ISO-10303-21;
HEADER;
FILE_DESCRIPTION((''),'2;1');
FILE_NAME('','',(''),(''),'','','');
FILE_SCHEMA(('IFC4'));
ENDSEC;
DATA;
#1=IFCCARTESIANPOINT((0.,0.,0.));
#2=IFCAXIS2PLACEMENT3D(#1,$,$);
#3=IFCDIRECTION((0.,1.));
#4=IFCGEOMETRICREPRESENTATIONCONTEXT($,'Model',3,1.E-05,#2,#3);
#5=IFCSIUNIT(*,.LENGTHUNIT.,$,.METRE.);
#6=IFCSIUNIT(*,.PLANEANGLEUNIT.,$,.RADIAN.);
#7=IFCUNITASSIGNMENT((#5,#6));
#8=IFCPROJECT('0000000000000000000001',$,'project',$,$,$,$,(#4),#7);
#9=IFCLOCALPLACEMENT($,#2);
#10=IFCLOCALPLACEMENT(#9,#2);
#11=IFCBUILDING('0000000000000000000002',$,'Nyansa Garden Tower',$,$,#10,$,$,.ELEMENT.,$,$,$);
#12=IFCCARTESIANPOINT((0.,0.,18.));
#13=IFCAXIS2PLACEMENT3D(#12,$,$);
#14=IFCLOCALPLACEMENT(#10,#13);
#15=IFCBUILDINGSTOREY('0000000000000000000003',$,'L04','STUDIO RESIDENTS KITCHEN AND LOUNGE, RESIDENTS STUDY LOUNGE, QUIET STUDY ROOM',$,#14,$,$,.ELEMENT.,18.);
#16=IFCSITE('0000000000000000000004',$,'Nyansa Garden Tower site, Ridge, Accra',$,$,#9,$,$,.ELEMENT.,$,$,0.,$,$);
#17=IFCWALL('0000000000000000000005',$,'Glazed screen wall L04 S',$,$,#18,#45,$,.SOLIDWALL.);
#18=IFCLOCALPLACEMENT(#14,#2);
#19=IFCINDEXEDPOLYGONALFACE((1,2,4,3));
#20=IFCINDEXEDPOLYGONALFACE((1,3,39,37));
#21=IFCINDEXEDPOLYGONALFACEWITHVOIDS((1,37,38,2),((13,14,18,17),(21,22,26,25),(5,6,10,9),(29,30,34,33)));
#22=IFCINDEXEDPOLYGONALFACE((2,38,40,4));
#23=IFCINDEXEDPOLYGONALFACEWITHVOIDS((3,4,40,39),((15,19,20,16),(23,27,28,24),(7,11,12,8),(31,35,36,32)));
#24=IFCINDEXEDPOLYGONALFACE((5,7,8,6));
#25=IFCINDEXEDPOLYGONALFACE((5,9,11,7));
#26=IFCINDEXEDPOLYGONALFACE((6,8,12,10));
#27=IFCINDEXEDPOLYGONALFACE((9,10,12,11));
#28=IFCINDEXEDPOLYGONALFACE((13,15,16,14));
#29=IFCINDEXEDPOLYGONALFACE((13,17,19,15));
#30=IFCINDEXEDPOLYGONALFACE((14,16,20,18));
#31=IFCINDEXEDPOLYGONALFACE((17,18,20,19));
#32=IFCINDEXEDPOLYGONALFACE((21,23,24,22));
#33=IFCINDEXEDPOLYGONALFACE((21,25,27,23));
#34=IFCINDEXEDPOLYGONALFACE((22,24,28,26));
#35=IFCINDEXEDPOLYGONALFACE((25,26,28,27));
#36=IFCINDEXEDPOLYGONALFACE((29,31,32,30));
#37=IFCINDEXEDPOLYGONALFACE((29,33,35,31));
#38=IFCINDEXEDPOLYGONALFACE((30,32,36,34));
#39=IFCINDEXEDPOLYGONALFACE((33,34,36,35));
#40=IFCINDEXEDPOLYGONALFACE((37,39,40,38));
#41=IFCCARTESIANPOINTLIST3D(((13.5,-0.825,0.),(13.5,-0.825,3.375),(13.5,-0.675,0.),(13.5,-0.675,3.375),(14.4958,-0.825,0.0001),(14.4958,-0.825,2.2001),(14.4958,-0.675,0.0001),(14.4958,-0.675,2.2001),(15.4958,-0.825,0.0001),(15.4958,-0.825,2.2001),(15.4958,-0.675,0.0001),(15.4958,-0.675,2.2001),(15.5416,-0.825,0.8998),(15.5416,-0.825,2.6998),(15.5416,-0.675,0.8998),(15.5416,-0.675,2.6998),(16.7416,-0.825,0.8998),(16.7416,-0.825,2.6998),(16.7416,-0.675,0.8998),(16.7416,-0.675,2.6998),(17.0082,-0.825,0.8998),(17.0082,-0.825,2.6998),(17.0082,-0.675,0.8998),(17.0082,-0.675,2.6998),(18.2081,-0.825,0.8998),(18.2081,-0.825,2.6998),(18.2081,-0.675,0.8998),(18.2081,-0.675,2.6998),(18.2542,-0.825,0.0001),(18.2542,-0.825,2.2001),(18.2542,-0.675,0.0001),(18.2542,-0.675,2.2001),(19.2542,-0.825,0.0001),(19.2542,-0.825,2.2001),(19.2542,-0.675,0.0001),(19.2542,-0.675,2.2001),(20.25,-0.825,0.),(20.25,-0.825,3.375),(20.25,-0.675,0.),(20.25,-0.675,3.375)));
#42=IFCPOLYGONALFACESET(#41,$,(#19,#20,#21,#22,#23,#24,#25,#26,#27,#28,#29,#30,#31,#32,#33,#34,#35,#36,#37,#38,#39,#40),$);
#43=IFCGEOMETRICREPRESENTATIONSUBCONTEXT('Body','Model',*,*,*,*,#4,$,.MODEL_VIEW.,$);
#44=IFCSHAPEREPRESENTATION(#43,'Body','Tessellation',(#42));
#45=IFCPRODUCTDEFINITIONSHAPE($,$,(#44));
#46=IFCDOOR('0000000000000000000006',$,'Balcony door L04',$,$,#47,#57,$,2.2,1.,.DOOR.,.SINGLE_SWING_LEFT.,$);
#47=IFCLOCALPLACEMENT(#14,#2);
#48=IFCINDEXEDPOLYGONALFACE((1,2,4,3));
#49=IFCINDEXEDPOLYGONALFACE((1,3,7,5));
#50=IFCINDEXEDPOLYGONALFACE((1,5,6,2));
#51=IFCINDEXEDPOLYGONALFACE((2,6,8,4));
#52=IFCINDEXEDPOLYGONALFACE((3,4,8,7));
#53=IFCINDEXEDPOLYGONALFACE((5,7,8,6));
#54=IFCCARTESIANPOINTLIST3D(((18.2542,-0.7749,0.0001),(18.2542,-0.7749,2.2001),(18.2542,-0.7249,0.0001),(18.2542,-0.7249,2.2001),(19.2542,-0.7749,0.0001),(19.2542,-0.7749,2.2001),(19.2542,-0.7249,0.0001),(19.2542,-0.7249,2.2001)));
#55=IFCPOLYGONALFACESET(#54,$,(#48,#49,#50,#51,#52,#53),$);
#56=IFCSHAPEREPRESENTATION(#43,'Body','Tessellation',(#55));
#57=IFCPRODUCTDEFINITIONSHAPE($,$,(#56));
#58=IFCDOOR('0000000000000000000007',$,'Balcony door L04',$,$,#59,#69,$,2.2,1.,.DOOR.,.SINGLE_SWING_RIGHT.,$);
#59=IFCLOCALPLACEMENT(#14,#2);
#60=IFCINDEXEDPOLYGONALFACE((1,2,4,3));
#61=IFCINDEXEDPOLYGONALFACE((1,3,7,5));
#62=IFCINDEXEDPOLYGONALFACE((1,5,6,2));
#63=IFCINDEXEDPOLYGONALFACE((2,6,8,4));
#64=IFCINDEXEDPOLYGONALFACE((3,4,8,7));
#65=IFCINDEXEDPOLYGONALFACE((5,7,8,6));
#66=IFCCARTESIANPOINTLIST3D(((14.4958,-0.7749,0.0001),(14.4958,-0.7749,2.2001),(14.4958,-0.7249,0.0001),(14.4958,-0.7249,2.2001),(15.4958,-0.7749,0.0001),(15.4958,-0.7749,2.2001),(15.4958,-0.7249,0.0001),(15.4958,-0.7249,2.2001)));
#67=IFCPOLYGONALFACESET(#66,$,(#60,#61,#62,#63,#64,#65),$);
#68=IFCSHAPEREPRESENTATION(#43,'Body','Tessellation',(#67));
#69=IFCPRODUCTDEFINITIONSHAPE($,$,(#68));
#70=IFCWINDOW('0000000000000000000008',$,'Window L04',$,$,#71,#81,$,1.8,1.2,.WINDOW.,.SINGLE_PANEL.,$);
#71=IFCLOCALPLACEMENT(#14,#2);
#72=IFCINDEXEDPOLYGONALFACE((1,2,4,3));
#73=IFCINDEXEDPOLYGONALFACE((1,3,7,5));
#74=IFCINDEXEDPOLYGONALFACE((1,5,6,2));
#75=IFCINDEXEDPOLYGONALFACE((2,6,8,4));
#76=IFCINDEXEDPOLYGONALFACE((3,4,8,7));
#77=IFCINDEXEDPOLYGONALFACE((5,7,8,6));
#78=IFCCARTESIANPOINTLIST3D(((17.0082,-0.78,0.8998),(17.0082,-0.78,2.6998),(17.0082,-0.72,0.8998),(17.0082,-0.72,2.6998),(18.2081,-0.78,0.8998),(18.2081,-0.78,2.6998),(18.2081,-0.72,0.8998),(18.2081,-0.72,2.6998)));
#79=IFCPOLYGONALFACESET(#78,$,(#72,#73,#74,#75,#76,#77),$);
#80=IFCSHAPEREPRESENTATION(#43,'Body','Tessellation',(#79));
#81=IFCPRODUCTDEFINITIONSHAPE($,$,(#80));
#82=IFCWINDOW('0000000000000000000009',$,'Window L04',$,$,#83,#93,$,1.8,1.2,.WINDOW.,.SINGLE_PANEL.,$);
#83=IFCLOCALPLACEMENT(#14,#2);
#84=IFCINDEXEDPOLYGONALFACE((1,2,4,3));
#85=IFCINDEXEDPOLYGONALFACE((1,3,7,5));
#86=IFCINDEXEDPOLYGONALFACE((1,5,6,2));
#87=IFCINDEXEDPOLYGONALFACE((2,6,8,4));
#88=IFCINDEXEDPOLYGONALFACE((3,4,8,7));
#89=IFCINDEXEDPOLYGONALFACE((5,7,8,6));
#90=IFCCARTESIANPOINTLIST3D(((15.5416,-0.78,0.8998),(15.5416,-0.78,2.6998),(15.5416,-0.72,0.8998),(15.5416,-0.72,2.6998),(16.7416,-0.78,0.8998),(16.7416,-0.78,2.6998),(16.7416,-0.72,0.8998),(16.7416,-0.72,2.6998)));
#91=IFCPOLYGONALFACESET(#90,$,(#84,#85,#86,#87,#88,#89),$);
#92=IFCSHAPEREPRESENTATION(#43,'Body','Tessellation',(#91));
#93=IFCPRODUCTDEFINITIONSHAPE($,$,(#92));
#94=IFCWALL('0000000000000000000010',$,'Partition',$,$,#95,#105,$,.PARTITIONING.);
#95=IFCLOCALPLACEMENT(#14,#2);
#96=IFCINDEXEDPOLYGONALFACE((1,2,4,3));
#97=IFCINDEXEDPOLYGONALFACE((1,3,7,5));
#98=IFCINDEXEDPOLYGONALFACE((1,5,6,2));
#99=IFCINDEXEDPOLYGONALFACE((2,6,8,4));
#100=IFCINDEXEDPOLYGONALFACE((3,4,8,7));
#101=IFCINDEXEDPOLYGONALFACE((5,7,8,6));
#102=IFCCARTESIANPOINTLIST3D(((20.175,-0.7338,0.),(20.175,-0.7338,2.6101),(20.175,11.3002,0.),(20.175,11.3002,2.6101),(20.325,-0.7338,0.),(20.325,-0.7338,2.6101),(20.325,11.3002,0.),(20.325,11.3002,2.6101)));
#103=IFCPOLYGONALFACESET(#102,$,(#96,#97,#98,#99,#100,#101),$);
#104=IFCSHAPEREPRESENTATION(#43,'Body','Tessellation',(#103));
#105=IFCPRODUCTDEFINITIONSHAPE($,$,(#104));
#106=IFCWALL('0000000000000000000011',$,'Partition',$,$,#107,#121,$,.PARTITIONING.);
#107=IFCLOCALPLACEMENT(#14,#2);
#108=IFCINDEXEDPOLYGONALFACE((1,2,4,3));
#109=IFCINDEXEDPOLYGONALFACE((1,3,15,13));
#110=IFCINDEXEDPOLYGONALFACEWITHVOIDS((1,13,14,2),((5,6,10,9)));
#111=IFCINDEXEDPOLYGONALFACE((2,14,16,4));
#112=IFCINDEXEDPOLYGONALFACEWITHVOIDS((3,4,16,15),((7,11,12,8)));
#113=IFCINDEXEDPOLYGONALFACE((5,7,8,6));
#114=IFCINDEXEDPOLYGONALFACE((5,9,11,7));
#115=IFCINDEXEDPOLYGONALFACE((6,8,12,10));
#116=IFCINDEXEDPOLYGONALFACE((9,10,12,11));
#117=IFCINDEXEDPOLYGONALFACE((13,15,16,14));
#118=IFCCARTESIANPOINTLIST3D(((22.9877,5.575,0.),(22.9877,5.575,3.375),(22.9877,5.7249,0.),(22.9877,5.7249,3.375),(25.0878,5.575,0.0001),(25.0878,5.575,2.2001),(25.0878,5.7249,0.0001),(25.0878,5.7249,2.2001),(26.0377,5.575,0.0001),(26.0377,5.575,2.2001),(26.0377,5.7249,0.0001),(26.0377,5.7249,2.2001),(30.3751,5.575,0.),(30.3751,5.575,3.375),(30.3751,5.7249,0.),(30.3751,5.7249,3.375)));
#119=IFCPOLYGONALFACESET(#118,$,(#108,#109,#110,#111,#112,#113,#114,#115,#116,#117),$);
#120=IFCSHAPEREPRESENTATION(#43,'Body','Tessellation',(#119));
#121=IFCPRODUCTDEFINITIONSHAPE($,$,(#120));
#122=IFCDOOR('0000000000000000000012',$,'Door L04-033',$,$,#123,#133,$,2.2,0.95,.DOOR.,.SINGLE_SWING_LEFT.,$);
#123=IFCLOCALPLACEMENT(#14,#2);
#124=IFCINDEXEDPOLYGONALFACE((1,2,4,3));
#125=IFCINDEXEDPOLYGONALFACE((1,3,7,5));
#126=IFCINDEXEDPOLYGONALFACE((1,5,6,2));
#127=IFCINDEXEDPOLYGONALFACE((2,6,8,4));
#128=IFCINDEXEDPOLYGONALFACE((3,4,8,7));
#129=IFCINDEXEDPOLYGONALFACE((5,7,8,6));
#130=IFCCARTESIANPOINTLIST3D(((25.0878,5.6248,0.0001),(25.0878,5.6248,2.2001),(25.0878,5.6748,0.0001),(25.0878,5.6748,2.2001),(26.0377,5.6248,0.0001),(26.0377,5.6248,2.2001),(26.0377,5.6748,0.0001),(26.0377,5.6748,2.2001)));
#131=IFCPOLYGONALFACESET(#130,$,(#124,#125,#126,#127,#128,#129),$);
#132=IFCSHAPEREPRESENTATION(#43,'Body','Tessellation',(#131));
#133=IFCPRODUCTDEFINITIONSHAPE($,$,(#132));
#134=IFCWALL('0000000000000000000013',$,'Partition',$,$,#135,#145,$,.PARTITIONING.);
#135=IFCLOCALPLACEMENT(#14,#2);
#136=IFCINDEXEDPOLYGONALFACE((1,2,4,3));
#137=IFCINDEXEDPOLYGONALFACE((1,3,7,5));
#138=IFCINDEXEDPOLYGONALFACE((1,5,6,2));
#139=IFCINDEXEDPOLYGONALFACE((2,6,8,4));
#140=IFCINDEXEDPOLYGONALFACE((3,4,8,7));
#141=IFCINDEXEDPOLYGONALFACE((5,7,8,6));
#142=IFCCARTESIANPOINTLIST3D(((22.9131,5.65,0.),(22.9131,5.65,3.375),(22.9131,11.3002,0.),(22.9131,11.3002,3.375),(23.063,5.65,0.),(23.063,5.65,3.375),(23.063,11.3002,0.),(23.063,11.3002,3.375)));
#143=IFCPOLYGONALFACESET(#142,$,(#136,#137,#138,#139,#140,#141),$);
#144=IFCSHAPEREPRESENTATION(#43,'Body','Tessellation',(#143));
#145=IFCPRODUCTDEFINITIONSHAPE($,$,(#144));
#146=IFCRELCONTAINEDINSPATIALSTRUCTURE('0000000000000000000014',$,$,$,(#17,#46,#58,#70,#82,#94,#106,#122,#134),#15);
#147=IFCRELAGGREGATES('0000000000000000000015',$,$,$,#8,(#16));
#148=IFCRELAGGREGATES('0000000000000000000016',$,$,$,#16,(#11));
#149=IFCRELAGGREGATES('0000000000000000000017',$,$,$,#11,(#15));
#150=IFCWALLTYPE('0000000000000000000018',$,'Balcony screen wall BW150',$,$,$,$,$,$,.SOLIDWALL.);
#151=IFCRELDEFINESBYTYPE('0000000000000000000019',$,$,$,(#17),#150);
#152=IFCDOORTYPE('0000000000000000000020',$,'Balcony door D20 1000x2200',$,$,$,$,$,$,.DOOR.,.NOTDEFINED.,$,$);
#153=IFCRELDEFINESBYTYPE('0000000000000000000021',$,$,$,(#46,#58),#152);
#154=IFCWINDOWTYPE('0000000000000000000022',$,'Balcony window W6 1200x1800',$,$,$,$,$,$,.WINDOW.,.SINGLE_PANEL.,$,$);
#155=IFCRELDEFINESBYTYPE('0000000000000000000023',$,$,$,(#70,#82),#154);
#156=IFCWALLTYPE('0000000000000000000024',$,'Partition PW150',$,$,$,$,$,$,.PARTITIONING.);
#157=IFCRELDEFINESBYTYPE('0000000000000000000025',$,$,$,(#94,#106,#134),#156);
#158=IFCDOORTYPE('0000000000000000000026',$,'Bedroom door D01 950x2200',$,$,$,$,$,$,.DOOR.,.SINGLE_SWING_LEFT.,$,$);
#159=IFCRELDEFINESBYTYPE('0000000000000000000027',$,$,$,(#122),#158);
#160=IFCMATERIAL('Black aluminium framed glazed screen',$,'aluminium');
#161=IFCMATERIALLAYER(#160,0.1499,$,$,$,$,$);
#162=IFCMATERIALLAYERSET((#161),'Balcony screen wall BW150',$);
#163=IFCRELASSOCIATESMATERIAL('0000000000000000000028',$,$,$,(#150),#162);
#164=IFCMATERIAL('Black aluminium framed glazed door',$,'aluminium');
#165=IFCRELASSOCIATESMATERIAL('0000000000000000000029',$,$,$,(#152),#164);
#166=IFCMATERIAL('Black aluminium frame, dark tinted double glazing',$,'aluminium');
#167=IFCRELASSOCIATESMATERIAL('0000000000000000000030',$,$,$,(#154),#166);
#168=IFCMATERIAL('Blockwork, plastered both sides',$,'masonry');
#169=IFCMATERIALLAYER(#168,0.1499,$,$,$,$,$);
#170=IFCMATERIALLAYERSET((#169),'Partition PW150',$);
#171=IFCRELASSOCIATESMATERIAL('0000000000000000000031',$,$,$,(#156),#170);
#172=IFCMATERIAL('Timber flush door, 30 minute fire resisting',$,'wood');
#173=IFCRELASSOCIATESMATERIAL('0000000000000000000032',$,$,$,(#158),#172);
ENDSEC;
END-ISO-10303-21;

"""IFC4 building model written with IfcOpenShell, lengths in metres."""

from ifc_helpers import new_model, si_unit, direction, frame, frame_2d, origin, place, context, subcontext, project, spatial, rectangle, extrude, material, layer, layer_set, type_object, element, fill, save


model = new_model("IFC4")

# Units and contexts
model_context = context("Model", 3, precision=1e-05, world=origin(), true_north=direction((0.0, 1.0)))
body_context = subcontext(model_context, "Body", "Model", "MODEL_VIEW")
ifc_project = project(units=[si_unit("LENGTHUNIT", "METRE"), si_unit("PLANEANGLEUNIT", "RADIAN")], contexts=[model_context])

# Site, building, storey
site_placement = place(None, origin())
site = spatial("IfcSite", under=ifc_project, at=site_placement, Name="Nyansa Garden Tower site, Ridge, Accra", CompositionType="ELEMENT", RefElevation=0.0)
building_placement = place(site_placement, origin())
building = spatial("IfcBuilding", under=site, at=building_placement, Name="Nyansa Garden Tower", CompositionType="ELEMENT")
storey_placement = place(building_placement, frame((0.0, 0.0, 18.0)))
storey = spatial("IfcBuildingStorey", under=building, at=storey_placement, Name="L04", Description="STUDIO RESIDENTS KITCHEN AND LOUNGE, RESIDENTS STUDY LOUNGE, QUIET STUDY ROOM", CompositionType="ELEMENT", Elevation=18.0)

# Wall, openings, doors, windows
ifc_material_1 = material(Name="Black aluminium framed glazed screen", Category="aluminium")
ifc_layer_1 = layer(ifc_material_1, 0.1499)
ifc_layer_set_1 = layer_set([ifc_layer_1], Name="Balcony screen wall BW150")
wall_type_1 = type_object("IfcWallType", Name="Balcony screen wall BW150", PredefinedType="SOLIDWALL", material=ifc_layer_set_1)
wall_1_placement = place(storey_placement, frame((20.25, -0.75, 0.0), z_axis=(0.0, 0.0, 1.0), x_axis=(-1.0, 0.0, 0.0)))
wall_1 = element("IfcWall", 1, at=wall_1_placement, inside=storey, type_object=wall_type_1, Name="Glazed screen wall L04 S", PredefinedType="SOLIDWALL", context=body_context, shape_type="SweptSolid", body=[
    extrude(rectangle(XDim=6.75, YDim=0.1499, at=frame_2d((3.375, 0.0))), origin(), (0.0, 0.0, 1.0), 3.375),
])
opening_1_placement = place(wall_1_placement, frame((0.9958, 0.0, 0.0)))
opening_1 = element("IfcOpeningElement", 2, at=opening_1_placement, cuts=wall_1, PredefinedType="OPENING", context=body_context, shape_type="SweptSolid", body=[
    extrude(rectangle(XDim=1.0, YDim=2.2, at=frame_2d((0.5, 1.1001))), frame((0.0, 0.085, 0.0), z_axis=(0.0, -1.0, 0.0), x_axis=(1.0, 0.0, 0.0)), (0.0, 0.0, 1.0), 0.1699),
])
opening_2_placement = place(wall_1_placement, frame((2.0417, 0.0, 0.8999)))
opening_2 = element("IfcOpeningElement", 3, at=opening_2_placement, cuts=wall_1, PredefinedType="OPENING", context=body_context, shape_type="SweptSolid", body=[
    extrude(rectangle(XDim=1.2, YDim=1.8, at=frame_2d((0.6001, 0.8999))), frame((0.0, 0.085, 0.0), z_axis=(0.0, -1.0, 0.0), x_axis=(1.0, 0.0, 0.0)), (0.0, 0.0, 1.0), 0.1699),
])
opening_3_placement = place(wall_1_placement, frame((4.7542, 0.0, 0.0)))
opening_3 = element("IfcOpeningElement", 4, at=opening_3_placement, cuts=wall_1, PredefinedType="OPENING", context=body_context, shape_type="SweptSolid", body=[
    extrude(rectangle(XDim=1.0, YDim=2.2, at=frame_2d((0.5, 1.1001))), frame((0.0, 0.085, 0.0), z_axis=(0.0, -1.0, 0.0), x_axis=(1.0, 0.0, 0.0)), (0.0, 0.0, 1.0), 0.1699),
])
opening_4_placement = place(wall_1_placement, frame((3.5083, 0.0, 0.8999)))
opening_4 = element("IfcOpeningElement", 5, at=opening_4_placement, cuts=wall_1, PredefinedType="OPENING", context=body_context, shape_type="SweptSolid", body=[
    extrude(rectangle(XDim=1.2, YDim=1.8, at=frame_2d((0.6001, 0.8999))), frame((0.0, 0.085, 0.0), z_axis=(0.0, -1.0, 0.0), x_axis=(1.0, 0.0, 0.0)), (0.0, 0.0, 1.0), 0.1699),
])
ifc_material_2 = material(Name="Black aluminium framed glazed door", Category="aluminium")
door_type_1 = type_object("IfcDoorType", Name="Balcony door D20 1000x2200", OperationType="NOTDEFINED", PredefinedType="DOOR", material=ifc_material_2)
door_1_placement = place(opening_1_placement, origin())
door_1 = element("IfcDoor", 6, at=door_1_placement, inside=storey, type_object=door_type_1, Name="Balcony door L04", OperationType="SINGLE_SWING_LEFT", OverallHeight=2.2, OverallWidth=1.0, PredefinedType="DOOR", context=body_context, shape_type="SweptSolid", body=[
    extrude(rectangle(XDim=1.0, YDim=2.2, at=frame_2d((0.5, 1.1001))), frame((0.0, 0.0249, 0.0), z_axis=(0.0, -1.0, 0.0), x_axis=(1.0, 0.0, 0.0)), (0.0, 0.0, 1.0), 0.05),
])
fill(opening_1, door_1)
door_2_placement = place(opening_3_placement, origin())
door_2 = element("IfcDoor", 7, at=door_2_placement, inside=storey, type_object=door_type_1, Name="Balcony door L04", OperationType="SINGLE_SWING_RIGHT", OverallHeight=2.2, OverallWidth=1.0, PredefinedType="DOOR", context=body_context, shape_type="SweptSolid", body=[
    extrude(rectangle(XDim=1.0, YDim=2.2, at=frame_2d((0.5, 1.1001))), frame((0.0, 0.0249, 0.0), z_axis=(0.0, -1.0, 0.0), x_axis=(1.0, 0.0, 0.0)), (0.0, 0.0, 1.0), 0.05),
])
fill(opening_3, door_2)
ifc_material_3 = material(Name="Black aluminium frame, dark tinted double glazing", Category="aluminium")
window_type = type_object("IfcWindowType", Name="Balcony window W6 1200x1800", PartitioningType="SINGLE_PANEL", PredefinedType="WINDOW", material=ifc_material_3)
window_1_placement = place(opening_2_placement, origin())
window_1 = element("IfcWindow", 8, at=window_1_placement, inside=storey, type_object=window_type, Name="Window L04", OverallHeight=1.8, OverallWidth=1.2, PartitioningType="SINGLE_PANEL", PredefinedType="WINDOW", context=body_context, shape_type="SweptSolid", body=[
    extrude(rectangle(XDim=1.2, YDim=1.8, at=frame_2d((0.6001, 0.8999))), frame((0.0, 0.03, 0.0), z_axis=(0.0, -1.0, 0.0), x_axis=(1.0, 0.0, 0.0)), (0.0, 0.0, 1.0), 0.0601),
])
fill(opening_2, window_1)
window_2_placement = place(opening_4_placement, origin())
window_2 = element("IfcWindow", 9, at=window_2_placement, inside=storey, type_object=window_type, Name="Window L04", OverallHeight=1.8, OverallWidth=1.2, PartitioningType="SINGLE_PANEL", PredefinedType="WINDOW", context=body_context, shape_type="SweptSolid", body=[
    extrude(rectangle(XDim=1.2, YDim=1.8, at=frame_2d((0.6001, 0.8999))), frame((0.0, 0.03, 0.0), z_axis=(0.0, -1.0, 0.0), x_axis=(1.0, 0.0, 0.0)), (0.0, 0.0, 1.0), 0.0601),
])
fill(opening_4, window_2)

# Wall
ifc_material_4 = material(Name="Blockwork, plastered both sides", Category="masonry")
ifc_layer_2 = layer(ifc_material_4, 0.1499)
ifc_layer_set_2 = layer_set([ifc_layer_2], Name="Partition PW150")
wall_type_2 = type_object("IfcWallType", Name="Partition PW150", PredefinedType="PARTITIONING", material=ifc_layer_set_2)
wall_2_placement = place(storey_placement, frame((20.25, -0.7339, 0.0), z_axis=(0.0, 0.0, 1.0), x_axis=(0.0, 1.0, 0.0)))
element("IfcWall", 10, at=wall_2_placement, inside=storey, type_object=wall_type_2, Name="Partition", PredefinedType="PARTITIONING", context=body_context, shape_type="SweptSolid", body=[
    extrude(rectangle(XDim=12.0339, YDim=0.1499, at=frame_2d((6.0171, 0.0))), origin(), (0.0, 0.0, 1.0), 2.6101),
])

# Wall, opening, door
wall_3_placement = place(storey_placement, frame((22.9875, 5.6499, 0.0), z_axis=(0.0, 0.0, 1.0), x_axis=(1.0, 0.0, 0.0)))
wall_3 = element("IfcWall", 11, at=wall_3_placement, inside=storey, type_object=wall_type_2, Name="Partition", PredefinedType="PARTITIONING", context=body_context, shape_type="SweptSolid", body=[
    extrude(rectangle(XDim=7.3875, YDim=0.1499, at=frame_2d((3.6938, 0.0))), origin(), (0.0, 0.0, 1.0), 3.375),
])
opening_5_placement = place(wall_3_placement, frame((2.1001, 0.0, 0.0)))
opening_5 = element("IfcOpeningElement", 12, at=opening_5_placement, cuts=wall_3, PredefinedType="OPENING", context=body_context, shape_type="SweptSolid", body=[
    extrude(rectangle(XDim=0.95, YDim=2.2, at=frame_2d((0.4751, 1.1001))), frame((0.0, 0.085, 0.0), z_axis=(0.0, -1.0, 0.0), x_axis=(1.0, 0.0, 0.0)), (0.0, 0.0, 1.0), 0.1699),
])
ifc_material_5 = material(Name="Timber flush door, 30 minute fire resisting", Category="wood")
door_type_2 = type_object("IfcDoorType", Name="Bedroom door D01 950x2200", OperationType="SINGLE_SWING_LEFT", PredefinedType="DOOR", material=ifc_material_5)
door_3_placement = place(opening_5_placement, origin())
door_3 = element("IfcDoor", 13, at=door_3_placement, inside=storey, type_object=door_type_2, Name="Door L04-033", OperationType="SINGLE_SWING_LEFT", OverallHeight=2.2, OverallWidth=0.95, PredefinedType="DOOR", context=body_context, shape_type="SweptSolid", body=[
    extrude(rectangle(XDim=0.95, YDim=2.2, at=frame_2d((0.4751, 1.1001))), frame((0.0, 0.0249, 0.0), z_axis=(0.0, -1.0, 0.0), x_axis=(1.0, 0.0, 0.0)), (0.0, 0.0, 1.0), 0.05),
])
fill(opening_5, door_3)

# Wall
wall_4_placement = place(storey_placement, frame((22.988, 5.6499, 0.0), z_axis=(0.0, 0.0, 1.0), x_axis=(0.0, 1.0, 0.0)))
element("IfcWall", 14, at=wall_4_placement, inside=storey, type_object=wall_type_2, Name="Partition", PredefinedType="PARTITIONING", context=body_context, shape_type="SweptSolid", body=[
    extrude(rectangle(XDim=5.6501, YDim=0.1499, at=frame_2d((2.8252, 0.0))), origin(), (0.0, 0.0, 1.0), 3.375),
])

save(model, "model.ifc")
